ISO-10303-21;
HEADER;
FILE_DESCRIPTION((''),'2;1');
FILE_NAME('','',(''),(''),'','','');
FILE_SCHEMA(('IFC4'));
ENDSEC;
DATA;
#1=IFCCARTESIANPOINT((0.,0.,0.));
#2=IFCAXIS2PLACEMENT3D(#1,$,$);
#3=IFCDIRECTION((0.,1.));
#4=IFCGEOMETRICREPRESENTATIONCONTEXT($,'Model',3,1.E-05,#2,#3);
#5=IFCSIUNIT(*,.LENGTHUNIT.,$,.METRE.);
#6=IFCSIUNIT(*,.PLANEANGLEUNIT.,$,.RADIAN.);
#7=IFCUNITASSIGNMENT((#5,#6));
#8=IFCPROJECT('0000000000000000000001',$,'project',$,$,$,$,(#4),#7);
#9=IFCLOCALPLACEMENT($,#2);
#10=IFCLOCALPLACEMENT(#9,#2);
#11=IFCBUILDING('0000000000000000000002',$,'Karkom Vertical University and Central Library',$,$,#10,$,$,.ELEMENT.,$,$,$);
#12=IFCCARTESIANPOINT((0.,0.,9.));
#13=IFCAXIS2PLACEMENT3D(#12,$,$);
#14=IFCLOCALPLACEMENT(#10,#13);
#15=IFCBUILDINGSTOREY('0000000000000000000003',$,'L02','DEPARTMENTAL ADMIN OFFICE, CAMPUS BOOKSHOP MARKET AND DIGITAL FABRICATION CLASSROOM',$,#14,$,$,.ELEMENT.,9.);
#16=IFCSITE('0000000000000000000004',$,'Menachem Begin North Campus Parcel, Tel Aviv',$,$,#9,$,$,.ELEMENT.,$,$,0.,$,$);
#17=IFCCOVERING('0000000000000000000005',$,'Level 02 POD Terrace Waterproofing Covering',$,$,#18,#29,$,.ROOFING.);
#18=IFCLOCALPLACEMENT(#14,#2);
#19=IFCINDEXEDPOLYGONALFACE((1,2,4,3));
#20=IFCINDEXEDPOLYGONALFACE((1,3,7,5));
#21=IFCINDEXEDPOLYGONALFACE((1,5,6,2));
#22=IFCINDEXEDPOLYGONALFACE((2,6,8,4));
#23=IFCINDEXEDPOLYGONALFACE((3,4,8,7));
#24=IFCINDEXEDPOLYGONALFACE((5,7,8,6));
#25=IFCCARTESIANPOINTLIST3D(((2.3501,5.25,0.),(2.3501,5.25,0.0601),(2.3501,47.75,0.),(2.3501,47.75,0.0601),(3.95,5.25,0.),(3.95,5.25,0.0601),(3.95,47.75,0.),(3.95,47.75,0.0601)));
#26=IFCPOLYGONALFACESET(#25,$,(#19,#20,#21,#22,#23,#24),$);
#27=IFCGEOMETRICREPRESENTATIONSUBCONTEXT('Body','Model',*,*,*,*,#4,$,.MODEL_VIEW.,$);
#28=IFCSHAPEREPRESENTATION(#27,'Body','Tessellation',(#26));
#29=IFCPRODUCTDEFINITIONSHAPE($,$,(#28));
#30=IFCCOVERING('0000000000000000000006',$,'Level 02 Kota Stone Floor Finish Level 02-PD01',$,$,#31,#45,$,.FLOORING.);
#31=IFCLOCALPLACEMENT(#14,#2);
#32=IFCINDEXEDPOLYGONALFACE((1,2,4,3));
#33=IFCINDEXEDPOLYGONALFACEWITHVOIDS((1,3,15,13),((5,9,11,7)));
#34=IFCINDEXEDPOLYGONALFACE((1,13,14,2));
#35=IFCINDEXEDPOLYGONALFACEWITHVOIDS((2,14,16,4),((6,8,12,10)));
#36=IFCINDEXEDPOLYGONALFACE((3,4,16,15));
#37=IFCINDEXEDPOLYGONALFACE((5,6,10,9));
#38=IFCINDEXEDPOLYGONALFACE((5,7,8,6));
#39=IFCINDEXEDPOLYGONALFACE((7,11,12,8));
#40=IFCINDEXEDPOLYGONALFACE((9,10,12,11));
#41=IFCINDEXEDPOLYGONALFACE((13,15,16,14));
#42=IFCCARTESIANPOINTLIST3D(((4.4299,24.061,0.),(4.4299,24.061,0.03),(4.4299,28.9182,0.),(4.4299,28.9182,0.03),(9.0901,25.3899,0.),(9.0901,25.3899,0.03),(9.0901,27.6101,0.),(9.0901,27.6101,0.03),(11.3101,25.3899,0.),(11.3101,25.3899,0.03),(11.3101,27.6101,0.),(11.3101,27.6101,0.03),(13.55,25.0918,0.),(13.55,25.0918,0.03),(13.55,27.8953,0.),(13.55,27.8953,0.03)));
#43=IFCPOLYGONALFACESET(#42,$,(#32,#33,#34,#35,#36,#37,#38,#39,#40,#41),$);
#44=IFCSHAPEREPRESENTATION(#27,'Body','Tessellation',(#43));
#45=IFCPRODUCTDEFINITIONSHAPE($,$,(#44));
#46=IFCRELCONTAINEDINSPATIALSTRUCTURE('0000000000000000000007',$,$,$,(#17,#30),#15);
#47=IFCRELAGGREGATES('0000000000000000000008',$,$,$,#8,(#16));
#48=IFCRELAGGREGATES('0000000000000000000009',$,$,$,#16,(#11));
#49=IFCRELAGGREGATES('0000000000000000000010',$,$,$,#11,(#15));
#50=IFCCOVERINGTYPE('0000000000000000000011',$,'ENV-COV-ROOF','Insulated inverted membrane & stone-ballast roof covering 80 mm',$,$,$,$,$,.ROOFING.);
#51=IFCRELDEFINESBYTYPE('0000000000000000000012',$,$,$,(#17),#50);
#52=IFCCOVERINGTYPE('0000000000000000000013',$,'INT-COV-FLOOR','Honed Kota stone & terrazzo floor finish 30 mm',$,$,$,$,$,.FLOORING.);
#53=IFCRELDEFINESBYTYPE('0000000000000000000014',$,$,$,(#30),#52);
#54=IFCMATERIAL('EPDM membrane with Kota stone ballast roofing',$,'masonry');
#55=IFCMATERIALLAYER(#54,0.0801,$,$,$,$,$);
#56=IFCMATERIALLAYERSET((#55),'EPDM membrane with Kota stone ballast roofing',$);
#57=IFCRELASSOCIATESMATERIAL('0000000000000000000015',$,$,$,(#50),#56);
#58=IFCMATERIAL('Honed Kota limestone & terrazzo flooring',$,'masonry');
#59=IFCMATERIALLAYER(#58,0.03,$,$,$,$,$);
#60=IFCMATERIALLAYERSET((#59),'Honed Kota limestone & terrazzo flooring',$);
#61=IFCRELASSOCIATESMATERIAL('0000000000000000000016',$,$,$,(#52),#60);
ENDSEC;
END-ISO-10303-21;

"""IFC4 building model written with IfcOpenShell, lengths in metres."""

from ifc_helpers import new_model, si_unit, direction, frame, origin, place, context, subcontext, project, spatial, polyline, outline, extrude, material, layer, layer_set, type_object, element, save


model = new_model("IFC4")

# Units and contexts
model_context = context("Model", 3, precision=1e-05, world=origin(), true_north=direction((0.0, 1.0)))
body_context = subcontext(model_context, "Body", "Model", "MODEL_VIEW")
ifc_project = project(units=[si_unit("LENGTHUNIT", "METRE"), si_unit("PLANEANGLEUNIT", "RADIAN")], contexts=[model_context])

# Site, building, storey
site_placement = place(None, origin())
site = spatial("IfcSite", under=ifc_project, at=site_placement, Name="Menachem Begin North Campus Parcel, Tel Aviv", CompositionType="ELEMENT", RefElevation=0.0)
building_placement = place(site_placement, origin())
building = spatial("IfcBuilding", under=site, at=building_placement, Name="Karkom Vertical University and Central Library", CompositionType="ELEMENT")
storey_placement = place(building_placement, frame((0.0, 0.0, 9.0)))
storey = spatial("IfcBuildingStorey", under=building, at=storey_placement, Name="L02", Description="DEPARTMENTAL ADMIN OFFICE, CAMPUS BOOKSHOP MARKET AND DIGITAL FABRICATION CLASSROOM", CompositionType="ELEMENT", Elevation=9.0)

# Coverings
ifc_material_1 = material(Name="EPDM membrane with Kota stone ballast roofing", Category="masonry")
ifc_layer_1 = layer(ifc_material_1, 0.0801)
ifc_layer_set_1 = layer_set([ifc_layer_1], Name="EPDM membrane with Kota stone ballast roofing")
covering_type_1 = type_object("IfcCoveringType", Name="ENV-COV-ROOF", Description="Insulated inverted membrane & stone-ballast roof covering 80 mm", PredefinedType="ROOFING", material=ifc_layer_set_1)
covering_1_placement = place(storey_placement, origin())
element("IfcCovering", 1, at=covering_1_placement, inside=storey, type_object=covering_type_1, Name="Level 02 POD Terrace Waterproofing Covering", PredefinedType="ROOFING", context=body_context, shape_type="SweptSolid", body=[
    extrude(outline(polyline([(2.3501, 5.25), (3.95, 5.25), (3.95, 47.75), (2.3501, 47.75), (2.3501, 5.25)])), origin(), (0.0, 0.0, 1.0), 0.0601),
])
ifc_material_2 = material(Name="Honed Kota limestone & terrazzo flooring", Category="masonry")
ifc_layer_2 = layer(ifc_material_2, 0.03)
ifc_layer_set_2 = layer_set([ifc_layer_2], Name="Honed Kota limestone & terrazzo flooring")
covering_type_2 = type_object("IfcCoveringType", Name="INT-COV-FLOOR", Description="Honed Kota stone & terrazzo floor finish 30 mm", PredefinedType="FLOORING", material=ifc_layer_set_2)
covering_2_placement = place(storey_placement, origin())
element("IfcCovering", 2, at=covering_2_placement, inside=storey, type_object=covering_type_2, Name="Level 02 Kota Stone Floor Finish Level 02-PD01", PredefinedType="FLOORING", context=body_context, shape_type="SweptSolid", body=[
    extrude(outline(polyline([(13.55, 25.0918), (4.4299, 24.061), (4.4299, 28.9182), (13.55, 27.8953), (13.55, 25.0918)]), holes=[polyline([(9.0901, 25.3899), (11.3101, 25.3899), (11.3101, 27.6101), (9.0901, 27.6101), (9.0901, 25.3899)])]), origin(), (0.0, 0.0, 1.0), 0.03),
])

save(model, "model.ifc")
